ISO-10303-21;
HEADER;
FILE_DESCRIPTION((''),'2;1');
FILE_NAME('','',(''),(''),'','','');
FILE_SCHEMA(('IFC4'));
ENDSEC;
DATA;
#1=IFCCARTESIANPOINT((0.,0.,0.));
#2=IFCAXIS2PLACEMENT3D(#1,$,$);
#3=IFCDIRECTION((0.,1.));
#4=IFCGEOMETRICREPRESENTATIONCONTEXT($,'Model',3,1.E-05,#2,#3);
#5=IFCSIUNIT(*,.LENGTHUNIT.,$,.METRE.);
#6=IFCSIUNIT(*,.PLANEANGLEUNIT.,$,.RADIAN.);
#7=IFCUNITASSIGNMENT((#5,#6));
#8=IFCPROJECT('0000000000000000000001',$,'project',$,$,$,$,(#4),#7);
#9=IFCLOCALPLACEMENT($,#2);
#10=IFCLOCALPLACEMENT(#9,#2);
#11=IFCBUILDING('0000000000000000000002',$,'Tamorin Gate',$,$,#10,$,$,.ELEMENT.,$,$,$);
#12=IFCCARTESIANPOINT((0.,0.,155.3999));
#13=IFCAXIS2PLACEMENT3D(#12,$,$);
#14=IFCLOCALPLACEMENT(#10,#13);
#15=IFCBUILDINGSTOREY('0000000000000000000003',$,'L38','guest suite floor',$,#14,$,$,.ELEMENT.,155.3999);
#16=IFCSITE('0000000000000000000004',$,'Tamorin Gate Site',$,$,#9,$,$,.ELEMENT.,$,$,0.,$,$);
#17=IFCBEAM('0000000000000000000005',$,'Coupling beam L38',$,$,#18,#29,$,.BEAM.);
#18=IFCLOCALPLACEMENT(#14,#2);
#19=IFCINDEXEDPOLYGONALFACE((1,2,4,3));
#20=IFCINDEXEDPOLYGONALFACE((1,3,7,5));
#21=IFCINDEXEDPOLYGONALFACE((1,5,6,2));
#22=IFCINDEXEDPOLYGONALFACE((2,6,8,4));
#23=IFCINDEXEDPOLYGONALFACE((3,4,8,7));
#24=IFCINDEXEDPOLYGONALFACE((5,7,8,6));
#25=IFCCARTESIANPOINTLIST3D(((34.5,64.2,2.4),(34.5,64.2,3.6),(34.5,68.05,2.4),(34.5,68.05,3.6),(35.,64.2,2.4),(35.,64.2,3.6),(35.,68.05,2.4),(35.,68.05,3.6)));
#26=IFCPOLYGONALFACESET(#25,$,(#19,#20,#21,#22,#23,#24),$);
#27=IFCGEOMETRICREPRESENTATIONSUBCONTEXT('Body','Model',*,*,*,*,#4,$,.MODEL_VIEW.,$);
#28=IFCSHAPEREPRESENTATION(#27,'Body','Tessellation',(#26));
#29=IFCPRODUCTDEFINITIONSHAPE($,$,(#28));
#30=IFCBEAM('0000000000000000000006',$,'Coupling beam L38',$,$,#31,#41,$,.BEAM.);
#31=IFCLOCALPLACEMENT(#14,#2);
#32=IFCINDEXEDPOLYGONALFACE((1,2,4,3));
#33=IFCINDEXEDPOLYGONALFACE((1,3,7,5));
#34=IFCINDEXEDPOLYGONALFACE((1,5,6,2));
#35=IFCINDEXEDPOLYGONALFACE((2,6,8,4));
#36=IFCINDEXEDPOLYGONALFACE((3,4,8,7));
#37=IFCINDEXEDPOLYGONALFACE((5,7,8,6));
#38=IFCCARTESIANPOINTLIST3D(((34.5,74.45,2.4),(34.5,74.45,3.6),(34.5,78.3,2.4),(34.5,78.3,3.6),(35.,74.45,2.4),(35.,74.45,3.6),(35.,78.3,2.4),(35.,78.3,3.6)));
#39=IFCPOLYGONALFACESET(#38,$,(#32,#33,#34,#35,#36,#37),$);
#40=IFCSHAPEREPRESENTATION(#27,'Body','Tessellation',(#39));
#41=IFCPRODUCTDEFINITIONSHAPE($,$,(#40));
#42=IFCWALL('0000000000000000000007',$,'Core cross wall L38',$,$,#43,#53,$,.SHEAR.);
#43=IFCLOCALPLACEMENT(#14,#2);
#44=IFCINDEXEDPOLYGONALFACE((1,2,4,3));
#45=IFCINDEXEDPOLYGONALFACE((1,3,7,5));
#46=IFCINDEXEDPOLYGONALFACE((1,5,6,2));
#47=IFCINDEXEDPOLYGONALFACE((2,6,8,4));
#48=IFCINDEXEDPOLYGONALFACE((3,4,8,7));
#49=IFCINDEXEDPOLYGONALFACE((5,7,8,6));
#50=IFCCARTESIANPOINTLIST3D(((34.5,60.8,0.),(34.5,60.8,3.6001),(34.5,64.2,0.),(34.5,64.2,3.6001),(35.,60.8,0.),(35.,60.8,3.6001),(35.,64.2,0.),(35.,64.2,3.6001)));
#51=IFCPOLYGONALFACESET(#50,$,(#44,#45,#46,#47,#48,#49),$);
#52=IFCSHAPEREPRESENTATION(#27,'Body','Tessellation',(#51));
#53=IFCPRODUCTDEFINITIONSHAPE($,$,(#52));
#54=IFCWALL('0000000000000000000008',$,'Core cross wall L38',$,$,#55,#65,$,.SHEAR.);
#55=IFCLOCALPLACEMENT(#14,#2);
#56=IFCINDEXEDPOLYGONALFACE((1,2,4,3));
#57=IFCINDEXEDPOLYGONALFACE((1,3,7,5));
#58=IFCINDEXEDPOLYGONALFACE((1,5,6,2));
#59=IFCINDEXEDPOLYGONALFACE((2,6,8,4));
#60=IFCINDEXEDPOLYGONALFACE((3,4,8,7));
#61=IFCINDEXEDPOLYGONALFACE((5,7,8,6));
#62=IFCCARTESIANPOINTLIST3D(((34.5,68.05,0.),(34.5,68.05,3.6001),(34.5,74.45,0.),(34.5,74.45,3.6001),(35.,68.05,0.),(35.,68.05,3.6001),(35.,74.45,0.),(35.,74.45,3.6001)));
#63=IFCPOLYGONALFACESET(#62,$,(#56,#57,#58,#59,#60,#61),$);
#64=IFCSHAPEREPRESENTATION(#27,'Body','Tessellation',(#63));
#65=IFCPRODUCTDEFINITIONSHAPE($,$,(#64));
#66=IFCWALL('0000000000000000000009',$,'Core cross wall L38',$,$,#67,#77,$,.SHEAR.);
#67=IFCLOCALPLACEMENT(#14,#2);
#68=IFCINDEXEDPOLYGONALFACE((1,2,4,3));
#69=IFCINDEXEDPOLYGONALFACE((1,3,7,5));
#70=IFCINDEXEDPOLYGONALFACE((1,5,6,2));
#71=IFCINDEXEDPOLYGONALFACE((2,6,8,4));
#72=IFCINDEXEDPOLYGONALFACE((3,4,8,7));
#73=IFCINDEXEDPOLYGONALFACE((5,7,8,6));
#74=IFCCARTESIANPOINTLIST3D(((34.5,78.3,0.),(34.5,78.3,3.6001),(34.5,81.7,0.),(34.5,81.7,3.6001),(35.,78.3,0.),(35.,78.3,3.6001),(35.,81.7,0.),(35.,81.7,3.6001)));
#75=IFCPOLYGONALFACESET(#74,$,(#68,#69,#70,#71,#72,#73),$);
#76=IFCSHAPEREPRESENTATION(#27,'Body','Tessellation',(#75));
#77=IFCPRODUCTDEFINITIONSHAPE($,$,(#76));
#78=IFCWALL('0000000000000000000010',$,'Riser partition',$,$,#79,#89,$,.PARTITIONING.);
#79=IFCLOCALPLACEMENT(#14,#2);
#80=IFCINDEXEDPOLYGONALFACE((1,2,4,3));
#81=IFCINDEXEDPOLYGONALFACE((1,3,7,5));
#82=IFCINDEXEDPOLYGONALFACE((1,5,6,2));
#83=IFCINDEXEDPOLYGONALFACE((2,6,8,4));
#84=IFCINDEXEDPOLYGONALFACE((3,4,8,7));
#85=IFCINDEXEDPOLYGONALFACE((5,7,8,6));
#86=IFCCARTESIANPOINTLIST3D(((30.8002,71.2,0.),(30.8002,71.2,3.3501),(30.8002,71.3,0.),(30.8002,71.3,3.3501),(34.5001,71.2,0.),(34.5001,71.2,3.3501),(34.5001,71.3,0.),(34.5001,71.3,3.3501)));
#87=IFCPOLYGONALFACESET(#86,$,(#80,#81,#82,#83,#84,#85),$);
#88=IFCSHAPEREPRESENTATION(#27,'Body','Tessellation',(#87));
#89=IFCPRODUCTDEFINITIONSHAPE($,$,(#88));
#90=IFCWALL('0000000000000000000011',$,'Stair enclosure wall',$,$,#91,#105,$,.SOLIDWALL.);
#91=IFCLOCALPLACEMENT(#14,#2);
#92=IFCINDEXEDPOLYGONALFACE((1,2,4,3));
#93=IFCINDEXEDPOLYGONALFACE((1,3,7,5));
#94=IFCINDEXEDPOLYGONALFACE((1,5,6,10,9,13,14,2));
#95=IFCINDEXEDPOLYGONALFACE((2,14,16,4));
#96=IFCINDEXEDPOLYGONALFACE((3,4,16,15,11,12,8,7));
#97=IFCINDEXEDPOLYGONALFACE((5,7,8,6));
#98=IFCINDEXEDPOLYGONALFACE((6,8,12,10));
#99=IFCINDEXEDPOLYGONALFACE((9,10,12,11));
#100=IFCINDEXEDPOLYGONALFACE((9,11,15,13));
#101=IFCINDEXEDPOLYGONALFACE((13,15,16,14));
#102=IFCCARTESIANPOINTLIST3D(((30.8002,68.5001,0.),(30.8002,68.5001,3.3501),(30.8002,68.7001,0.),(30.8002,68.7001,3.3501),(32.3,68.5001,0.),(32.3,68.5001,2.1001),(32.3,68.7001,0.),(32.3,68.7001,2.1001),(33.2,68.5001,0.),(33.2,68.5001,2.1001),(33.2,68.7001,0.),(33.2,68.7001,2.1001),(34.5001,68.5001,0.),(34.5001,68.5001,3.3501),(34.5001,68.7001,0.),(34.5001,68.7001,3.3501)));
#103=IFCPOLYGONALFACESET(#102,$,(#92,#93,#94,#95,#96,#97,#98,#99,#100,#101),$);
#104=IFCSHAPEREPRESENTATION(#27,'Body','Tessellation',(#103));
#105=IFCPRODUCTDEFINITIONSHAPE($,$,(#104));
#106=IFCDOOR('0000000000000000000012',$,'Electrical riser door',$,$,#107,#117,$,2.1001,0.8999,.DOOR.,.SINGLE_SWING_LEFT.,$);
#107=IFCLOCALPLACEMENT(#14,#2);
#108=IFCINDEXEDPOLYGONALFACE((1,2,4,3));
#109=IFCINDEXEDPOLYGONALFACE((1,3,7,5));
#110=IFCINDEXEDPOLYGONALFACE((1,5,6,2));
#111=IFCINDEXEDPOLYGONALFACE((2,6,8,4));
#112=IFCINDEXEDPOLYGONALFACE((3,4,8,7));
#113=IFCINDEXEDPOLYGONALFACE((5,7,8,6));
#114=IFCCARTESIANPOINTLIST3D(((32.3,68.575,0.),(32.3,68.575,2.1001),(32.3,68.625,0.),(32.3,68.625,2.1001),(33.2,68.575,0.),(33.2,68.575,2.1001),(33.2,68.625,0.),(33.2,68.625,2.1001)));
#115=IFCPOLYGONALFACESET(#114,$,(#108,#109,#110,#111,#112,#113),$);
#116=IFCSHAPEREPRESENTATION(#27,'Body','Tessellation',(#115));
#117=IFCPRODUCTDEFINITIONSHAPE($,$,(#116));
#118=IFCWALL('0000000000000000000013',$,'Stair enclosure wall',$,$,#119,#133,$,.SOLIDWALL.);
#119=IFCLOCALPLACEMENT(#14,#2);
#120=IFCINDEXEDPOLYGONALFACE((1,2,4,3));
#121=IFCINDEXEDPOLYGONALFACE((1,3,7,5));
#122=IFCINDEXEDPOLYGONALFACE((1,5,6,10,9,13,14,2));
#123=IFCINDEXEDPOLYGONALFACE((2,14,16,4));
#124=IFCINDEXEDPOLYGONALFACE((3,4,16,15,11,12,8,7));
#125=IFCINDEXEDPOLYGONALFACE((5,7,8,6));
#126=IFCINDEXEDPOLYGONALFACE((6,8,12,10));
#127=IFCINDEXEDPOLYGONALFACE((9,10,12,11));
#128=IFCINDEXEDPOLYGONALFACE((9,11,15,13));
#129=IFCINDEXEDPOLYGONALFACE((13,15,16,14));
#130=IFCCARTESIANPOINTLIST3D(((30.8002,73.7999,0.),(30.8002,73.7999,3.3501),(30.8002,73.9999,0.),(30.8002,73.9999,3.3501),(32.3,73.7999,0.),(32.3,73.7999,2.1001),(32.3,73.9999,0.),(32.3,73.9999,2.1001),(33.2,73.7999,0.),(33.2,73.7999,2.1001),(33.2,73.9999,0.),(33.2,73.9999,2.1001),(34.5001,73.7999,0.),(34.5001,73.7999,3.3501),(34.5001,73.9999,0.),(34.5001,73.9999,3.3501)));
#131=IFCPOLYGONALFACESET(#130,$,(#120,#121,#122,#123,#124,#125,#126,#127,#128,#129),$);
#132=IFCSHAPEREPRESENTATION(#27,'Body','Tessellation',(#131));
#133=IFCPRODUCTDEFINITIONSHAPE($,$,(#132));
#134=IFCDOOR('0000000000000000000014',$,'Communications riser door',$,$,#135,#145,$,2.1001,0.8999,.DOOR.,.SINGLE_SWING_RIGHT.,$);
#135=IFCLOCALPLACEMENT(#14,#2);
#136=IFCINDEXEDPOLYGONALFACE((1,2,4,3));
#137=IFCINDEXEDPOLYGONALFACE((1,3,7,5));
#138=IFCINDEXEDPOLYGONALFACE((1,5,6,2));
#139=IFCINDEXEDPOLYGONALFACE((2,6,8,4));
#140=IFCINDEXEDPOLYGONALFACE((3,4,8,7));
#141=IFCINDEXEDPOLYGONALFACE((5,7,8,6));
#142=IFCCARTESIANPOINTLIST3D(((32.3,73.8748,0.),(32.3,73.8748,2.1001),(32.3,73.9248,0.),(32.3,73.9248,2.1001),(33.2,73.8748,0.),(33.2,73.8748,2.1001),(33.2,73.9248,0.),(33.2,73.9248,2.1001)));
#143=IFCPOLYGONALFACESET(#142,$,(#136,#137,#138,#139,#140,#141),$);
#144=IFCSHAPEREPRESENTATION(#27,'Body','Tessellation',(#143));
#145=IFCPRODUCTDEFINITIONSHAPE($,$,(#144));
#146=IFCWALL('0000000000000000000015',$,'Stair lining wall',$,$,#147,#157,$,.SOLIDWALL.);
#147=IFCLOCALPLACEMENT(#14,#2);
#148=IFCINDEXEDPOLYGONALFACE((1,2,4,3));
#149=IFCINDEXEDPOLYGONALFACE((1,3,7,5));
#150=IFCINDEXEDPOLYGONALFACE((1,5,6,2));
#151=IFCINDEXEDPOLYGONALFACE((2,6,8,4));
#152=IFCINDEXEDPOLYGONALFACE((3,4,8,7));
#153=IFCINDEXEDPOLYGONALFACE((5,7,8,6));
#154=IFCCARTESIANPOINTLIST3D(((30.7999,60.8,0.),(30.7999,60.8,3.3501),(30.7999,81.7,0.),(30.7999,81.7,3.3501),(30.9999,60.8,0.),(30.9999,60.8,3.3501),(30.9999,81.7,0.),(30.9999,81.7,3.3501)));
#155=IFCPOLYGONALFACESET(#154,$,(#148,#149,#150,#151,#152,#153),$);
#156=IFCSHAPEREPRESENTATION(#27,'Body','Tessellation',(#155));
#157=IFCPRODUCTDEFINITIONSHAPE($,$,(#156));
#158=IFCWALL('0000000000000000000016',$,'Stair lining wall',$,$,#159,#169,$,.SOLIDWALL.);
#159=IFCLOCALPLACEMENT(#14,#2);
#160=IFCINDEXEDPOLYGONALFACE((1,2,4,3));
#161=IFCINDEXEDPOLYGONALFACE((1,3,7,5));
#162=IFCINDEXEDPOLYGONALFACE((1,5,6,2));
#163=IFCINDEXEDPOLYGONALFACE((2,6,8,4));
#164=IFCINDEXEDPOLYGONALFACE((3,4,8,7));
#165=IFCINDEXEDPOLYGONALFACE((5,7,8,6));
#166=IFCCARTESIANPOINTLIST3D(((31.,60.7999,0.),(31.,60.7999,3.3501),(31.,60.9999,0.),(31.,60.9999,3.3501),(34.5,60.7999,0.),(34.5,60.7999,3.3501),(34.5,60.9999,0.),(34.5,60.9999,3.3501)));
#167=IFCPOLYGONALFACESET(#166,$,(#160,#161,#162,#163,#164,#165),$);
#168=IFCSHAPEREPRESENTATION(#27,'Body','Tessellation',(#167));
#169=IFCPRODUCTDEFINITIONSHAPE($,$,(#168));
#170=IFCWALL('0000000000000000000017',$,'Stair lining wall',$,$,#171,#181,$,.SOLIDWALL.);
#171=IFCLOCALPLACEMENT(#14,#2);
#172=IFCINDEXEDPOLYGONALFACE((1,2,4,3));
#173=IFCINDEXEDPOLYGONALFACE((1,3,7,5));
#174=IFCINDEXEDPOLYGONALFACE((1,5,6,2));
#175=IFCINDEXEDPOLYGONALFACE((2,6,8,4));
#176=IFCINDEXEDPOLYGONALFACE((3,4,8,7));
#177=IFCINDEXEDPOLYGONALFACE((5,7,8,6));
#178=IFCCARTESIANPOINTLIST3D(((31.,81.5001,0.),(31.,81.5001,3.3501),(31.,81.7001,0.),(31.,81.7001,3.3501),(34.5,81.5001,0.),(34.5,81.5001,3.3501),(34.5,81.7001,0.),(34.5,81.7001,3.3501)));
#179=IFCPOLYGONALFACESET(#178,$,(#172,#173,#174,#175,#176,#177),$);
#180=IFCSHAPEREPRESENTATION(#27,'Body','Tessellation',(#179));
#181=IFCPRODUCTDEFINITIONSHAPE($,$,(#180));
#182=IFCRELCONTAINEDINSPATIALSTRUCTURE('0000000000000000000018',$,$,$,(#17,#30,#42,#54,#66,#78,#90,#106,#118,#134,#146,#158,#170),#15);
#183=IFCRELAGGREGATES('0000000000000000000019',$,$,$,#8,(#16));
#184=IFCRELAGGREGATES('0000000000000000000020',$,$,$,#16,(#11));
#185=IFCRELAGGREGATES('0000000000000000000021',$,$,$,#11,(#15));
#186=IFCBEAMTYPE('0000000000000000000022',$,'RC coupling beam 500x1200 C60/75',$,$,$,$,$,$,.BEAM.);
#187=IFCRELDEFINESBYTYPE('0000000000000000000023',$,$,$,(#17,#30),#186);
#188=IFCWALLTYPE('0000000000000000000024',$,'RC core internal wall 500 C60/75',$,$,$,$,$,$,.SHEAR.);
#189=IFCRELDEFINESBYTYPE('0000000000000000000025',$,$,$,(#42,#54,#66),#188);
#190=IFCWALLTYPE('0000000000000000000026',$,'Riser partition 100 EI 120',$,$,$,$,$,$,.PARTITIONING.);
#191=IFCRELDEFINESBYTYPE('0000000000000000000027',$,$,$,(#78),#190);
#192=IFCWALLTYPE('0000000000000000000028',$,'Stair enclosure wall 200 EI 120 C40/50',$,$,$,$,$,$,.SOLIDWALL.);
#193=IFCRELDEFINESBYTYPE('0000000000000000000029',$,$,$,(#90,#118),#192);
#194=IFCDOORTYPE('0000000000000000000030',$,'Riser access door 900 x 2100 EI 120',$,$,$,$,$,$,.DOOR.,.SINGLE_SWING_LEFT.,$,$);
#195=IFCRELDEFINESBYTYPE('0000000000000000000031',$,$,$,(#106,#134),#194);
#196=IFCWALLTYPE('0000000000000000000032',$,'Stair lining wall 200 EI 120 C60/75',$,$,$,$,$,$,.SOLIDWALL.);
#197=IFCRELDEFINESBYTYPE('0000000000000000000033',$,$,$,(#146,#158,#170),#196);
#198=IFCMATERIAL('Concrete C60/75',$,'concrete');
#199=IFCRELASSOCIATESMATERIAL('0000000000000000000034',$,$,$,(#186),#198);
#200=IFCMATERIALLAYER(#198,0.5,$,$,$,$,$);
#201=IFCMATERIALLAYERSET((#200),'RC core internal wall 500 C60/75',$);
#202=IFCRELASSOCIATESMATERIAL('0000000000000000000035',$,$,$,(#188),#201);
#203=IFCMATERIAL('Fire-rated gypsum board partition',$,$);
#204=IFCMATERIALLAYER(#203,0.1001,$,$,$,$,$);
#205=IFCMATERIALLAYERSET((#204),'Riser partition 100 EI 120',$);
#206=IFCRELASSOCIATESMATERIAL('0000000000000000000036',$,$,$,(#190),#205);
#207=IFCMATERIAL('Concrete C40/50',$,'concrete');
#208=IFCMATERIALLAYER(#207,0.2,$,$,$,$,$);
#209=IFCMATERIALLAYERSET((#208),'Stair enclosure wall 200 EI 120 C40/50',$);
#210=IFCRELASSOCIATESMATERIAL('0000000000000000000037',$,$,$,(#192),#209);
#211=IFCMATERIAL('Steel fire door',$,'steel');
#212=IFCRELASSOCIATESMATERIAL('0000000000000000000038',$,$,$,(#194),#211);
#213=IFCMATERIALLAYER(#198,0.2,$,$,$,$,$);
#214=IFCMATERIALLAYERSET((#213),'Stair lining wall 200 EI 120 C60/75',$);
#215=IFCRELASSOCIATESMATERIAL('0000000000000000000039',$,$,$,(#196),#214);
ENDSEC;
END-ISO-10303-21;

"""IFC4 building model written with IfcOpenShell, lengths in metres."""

from ifc_helpers import new_model, si_unit, direction, frame, frame_2d, origin, origin_2d, place, context, subcontext, project, spatial, rectangle, extrude, material, layer, layer_set, material_profile, profile_set, type_object, element, fill, save


model = new_model("IFC4")

# Units and contexts
model_context = context("Model", 3, precision=1e-05, world=origin(), true_north=direction((0.0, 1.0)))
body_context = subcontext(model_context, "Body", "Model", "MODEL_VIEW")
ifc_project = project(units=[si_unit("LENGTHUNIT", "METRE"), si_unit("PLANEANGLEUNIT", "RADIAN")], contexts=[model_context])

# Site, building, storey
site_placement = place(None, origin())
site = spatial("IfcSite", under=ifc_project, at=site_placement, Name="Tamorin Gate Site", CompositionType="ELEMENT", RefElevation=0.0)
building_placement = place(site_placement, origin())
building = spatial("IfcBuilding", under=site, at=building_placement, Name="Tamorin Gate", CompositionType="ELEMENT")
storey_placement = place(building_placement, frame((0.0, 0.0, 155.3999)))
storey = spatial("IfcBuildingStorey", under=building, at=storey_placement, Name="L38", Description="guest suite floor", CompositionType="ELEMENT", Elevation=155.3999)

# Beams
ifc_material_1 = material(Name="Concrete C60/75", Category="concrete")
ifc_material_profile = material_profile(ifc_material_1, rectangle(XDim=0.5, YDim=1.2, at=origin_2d()), Name="RC 500x1200")
ifc_profile_set = profile_set([ifc_material_profile], Name="Concrete C60/75")
beam_type = type_object("IfcBeamType", Name="RC coupling beam 500x1200 C60/75", PredefinedType="BEAM", material=ifc_profile_set)
for number, where, z_axis, x_axis, name in (
    (1, (34.75, 64.2, 3.0), (0.0, 1.0, 0.0), (-1.0, 0.0, 0.0), "Coupling beam L38"),
    (2, (34.75, 74.45, 3.0), (0.0, 1.0, 0.0), (-1.0, 0.0, 0.0), "Coupling beam L38"),
):
    element("IfcBeam", number, at=place(storey_placement, frame(where, z_axis=z_axis, x_axis=x_axis)), inside=storey, type_object=beam_type, Name=name, PredefinedType="BEAM", context=body_context, shape_type="SweptSolid", body=[
        extrude(rectangle(XDim=0.5, YDim=1.2, at=origin_2d()), origin(), (0.0, 0.0, 1.0), 3.8501),
    ])

# Walls
ifc_layer_1 = layer(ifc_material_1, 0.5)
ifc_layer_set_1 = layer_set([ifc_layer_1], Name="RC core internal wall 500 C60/75")
wall_type_1 = type_object("IfcWallType", Name="RC core internal wall 500 C60/75", PredefinedType="SHEAR", material=ifc_layer_set_1)
wall_1_placement = place(storey_placement, frame((34.75, 60.8, 0.0), z_axis=(0.0, 0.0, 1.0), x_axis=(0.0, 1.0, 0.0)))
element("IfcWall", 3, at=wall_1_placement, inside=storey, type_object=wall_type_1, Name="Core cross wall L38", PredefinedType="SHEAR", context=body_context, shape_type="SweptSolid", body=[
    extrude(rectangle(XDim=3.3999, YDim=0.5, at=frame_2d((1.7, 0.0))), origin(), (0.0, 0.0, 1.0), 3.6001),
])
wall_2_placement = place(storey_placement, frame((34.75, 68.05, 0.0), z_axis=(0.0, 0.0, 1.0), x_axis=(0.0, 1.0, 0.0)))
element("IfcWall", 4, at=wall_2_placement, inside=storey, type_object=wall_type_1, Name="Core cross wall L38", PredefinedType="SHEAR", context=body_context, shape_type="SweptSolid", body=[
    extrude(rectangle(XDim=6.3999, YDim=0.5, at=frame_2d((3.2, 0.0))), origin(), (0.0, 0.0, 1.0), 3.6001),
])
wall_3_placement = place(storey_placement, frame((34.75, 78.3, 0.0), z_axis=(0.0, 0.0, 1.0), x_axis=(0.0, 1.0, 0.0)))
element("IfcWall", 5, at=wall_3_placement, inside=storey, type_object=wall_type_1, Name="Core cross wall L38", PredefinedType="SHEAR", context=body_context, shape_type="SweptSolid", body=[
    extrude(rectangle(XDim=3.3999, YDim=0.5, at=frame_2d((1.7, 0.0))), origin(), (0.0, 0.0, 1.0), 3.6001),
])
ifc_material_2 = material(Name="Fire-rated gypsum board partition")
ifc_layer_2 = layer(ifc_material_2, 0.1001)
ifc_layer_set_2 = layer_set([ifc_layer_2], Name="Riser partition 100 EI 120")
wall_type_2 = type_object("IfcWallType", Name="Riser partition 100 EI 120", PredefinedType="PARTITIONING", material=ifc_layer_set_2)
wall_4_placement = place(storey_placement, frame((30.8, 71.25, 0.0), z_axis=(0.0, 0.0, 1.0), x_axis=(1.0, 0.0, 0.0)))
element("IfcWall", 6, at=wall_4_placement, inside=storey, type_object=wall_type_2, Name="Riser partition", PredefinedType="PARTITIONING", context=body_context, shape_type="SweptSolid", body=[
    extrude(rectangle(XDim=3.7, YDim=0.1001, at=frame_2d((1.8501, 0.0))), origin(), (0.0, 0.0, 1.0), 3.3501),
])

# Walls, openings, doors
ifc_material_3 = material(Name="Concrete C40/50", Category="concrete")
ifc_layer_3 = layer(ifc_material_3, 0.2)
ifc_layer_set_3 = layer_set([ifc_layer_3], Name="Stair enclosure wall 200 EI 120 C40/50")
wall_type_3 = type_object("IfcWallType", Name="Stair enclosure wall 200 EI 120 C40/50", PredefinedType="SOLIDWALL", material=ifc_layer_set_3)
wall_5_placement = place(storey_placement, frame((30.8, 68.6001, 0.0), z_axis=(0.0, 0.0, 1.0), x_axis=(1.0, 0.0, 0.0)))
wall_5 = element("IfcWall", 7, at=wall_5_placement, inside=storey, type_object=wall_type_3, Name="Stair enclosure wall", PredefinedType="SOLIDWALL", context=body_context, shape_type="SweptSolid", body=[
    extrude(rectangle(XDim=3.7, YDim=0.2, at=frame_2d((1.8501, 0.0))), origin(), (0.0, 0.0, 1.0), 3.3501),
])
opening_1_placement = place(wall_5_placement, frame((1.5, 0.0, 0.0)))
opening_1 = element("IfcOpeningElement", 8, at=opening_1_placement, cuts=wall_5, PredefinedType="OPENING", context=body_context, shape_type="SweptSolid", body=[
    extrude(rectangle(XDim=0.8999, YDim=2.1001, at=frame_2d((0.45, 1.05))), frame((0.0, 0.1099, 0.0), z_axis=(0.0, -1.0, 0.0), x_axis=(1.0, 0.0, 0.0)), (0.0, 0.0, 1.0), 0.22),
])
ifc_material_4 = material(Name="Steel fire door", Category="steel")
door_type_1 = type_object("IfcDoorType", Name="Riser access door 900 x 2100 EI 120", OperationType="SINGLE_SWING_LEFT", PredefinedType="DOOR", material=ifc_material_4)
door_1_placement = place(opening_1_placement, origin())
door_1 = element("IfcDoor", 9, at=door_1_placement, inside=storey, type_object=door_type_1, Name="Electrical riser door", OperationType="SINGLE_SWING_LEFT", OverallHeight=2.1001, OverallWidth=0.8999, PredefinedType="DOOR", context=body_context, shape_type="SweptSolid", body=[
    extrude(rectangle(XDim=0.8999, YDim=2.1001, at=frame_2d((0.45, 1.05))), frame((0.0, 0.0249, 0.0), z_axis=(0.0, -1.0, 0.0), x_axis=(1.0, 0.0, 0.0)), (0.0, 0.0, 1.0), 0.05),
])
fill(opening_1, door_1)
wall_6_placement = place(storey_placement, frame((30.8, 73.8999, 0.0), z_axis=(0.0, 0.0, 1.0), x_axis=(1.0, 0.0, 0.0)))
wall_6 = element("IfcWall", 10, at=wall_6_placement, inside=storey, type_object=wall_type_3, Name="Stair enclosure wall", PredefinedType="SOLIDWALL", context=body_context, shape_type="SweptSolid", body=[
    extrude(rectangle(XDim=3.7, YDim=0.2, at=frame_2d((1.8501, 0.0))), origin(), (0.0, 0.0, 1.0), 3.3501),
])
opening_2_placement = place(wall_6_placement, frame((1.5, 0.0, 0.0)))
opening_2 = element("IfcOpeningElement", 11, at=opening_2_placement, cuts=wall_6, PredefinedType="OPENING", context=body_context, shape_type="SweptSolid", body=[
    extrude(rectangle(XDim=0.8999, YDim=2.1001, at=frame_2d((0.45, 1.05))), frame((0.0, 0.1099, 0.0), z_axis=(0.0, -1.0, 0.0), x_axis=(1.0, 0.0, 0.0)), (0.0, 0.0, 1.0), 0.22),
])
door_2_placement = place(opening_2_placement, origin())
door_2 = element("IfcDoor", 12, at=door_2_placement, inside=storey, type_object=door_type_1, Name="Communications riser door", OperationType="SINGLE_SWING_RIGHT", OverallHeight=2.1001, OverallWidth=0.8999, PredefinedType="DOOR", context=body_context, shape_type="SweptSolid", body=[
    extrude(rectangle(XDim=0.8999, YDim=2.1001, at=frame_2d((0.45, 1.05))), frame((0.0, 0.0249, 0.0), z_axis=(0.0, -1.0, 0.0), x_axis=(1.0, 0.0, 0.0)), (0.0, 0.0, 1.0), 0.05),
])
fill(opening_2, door_2)

# Walls
ifc_layer_4 = layer(ifc_material_1, 0.2)
ifc_layer_set_4 = layer_set([ifc_layer_4], Name="Stair lining wall 200 EI 120 C60/75")
wall_type_4 = type_object("IfcWallType", Name="Stair lining wall 200 EI 120 C60/75", PredefinedType="SOLIDWALL", material=ifc_layer_set_4)
wall_7_placement = place(storey_placement, frame((30.8999, 60.8, 0.0), z_axis=(0.0, 0.0, 1.0), x_axis=(0.0, 1.0, 0.0)))
element("IfcWall", 13, at=wall_7_placement, inside=storey, type_object=wall_type_4, Name="Stair lining wall", PredefinedType="SOLIDWALL", context=body_context, shape_type="SweptSolid", body=[
    extrude(rectangle(XDim=20.8999, YDim=0.2, at=frame_2d((10.45, 0.0))), origin(), (0.0, 0.0, 1.0), 3.3501),
])
for number, where, z_axis, x_axis, name in (
    (14, (31.0, 60.8999, 0.0), (0.0, 0.0, 1.0), (1.0, 0.0, 0.0), "Stair lining wall"),
    (15, (31.0, 81.6001, 0.0), (0.0, 0.0, 1.0), (1.0, 0.0, 0.0), "Stair lining wall"),
):
    element("IfcWall", number, at=place(storey_placement, frame(where, z_axis=z_axis, x_axis=x_axis)), inside=storey, type_object=wall_type_4, Name=name, PredefinedType="SOLIDWALL", context=body_context, shape_type="SweptSolid", body=[
        extrude(rectangle(XDim=3.5, YDim=0.2, at=frame_2d((1.75, 0.0))), origin(), (0.0, 0.0, 1.0), 3.3501),
    ])

save(model, "model.ifc")
